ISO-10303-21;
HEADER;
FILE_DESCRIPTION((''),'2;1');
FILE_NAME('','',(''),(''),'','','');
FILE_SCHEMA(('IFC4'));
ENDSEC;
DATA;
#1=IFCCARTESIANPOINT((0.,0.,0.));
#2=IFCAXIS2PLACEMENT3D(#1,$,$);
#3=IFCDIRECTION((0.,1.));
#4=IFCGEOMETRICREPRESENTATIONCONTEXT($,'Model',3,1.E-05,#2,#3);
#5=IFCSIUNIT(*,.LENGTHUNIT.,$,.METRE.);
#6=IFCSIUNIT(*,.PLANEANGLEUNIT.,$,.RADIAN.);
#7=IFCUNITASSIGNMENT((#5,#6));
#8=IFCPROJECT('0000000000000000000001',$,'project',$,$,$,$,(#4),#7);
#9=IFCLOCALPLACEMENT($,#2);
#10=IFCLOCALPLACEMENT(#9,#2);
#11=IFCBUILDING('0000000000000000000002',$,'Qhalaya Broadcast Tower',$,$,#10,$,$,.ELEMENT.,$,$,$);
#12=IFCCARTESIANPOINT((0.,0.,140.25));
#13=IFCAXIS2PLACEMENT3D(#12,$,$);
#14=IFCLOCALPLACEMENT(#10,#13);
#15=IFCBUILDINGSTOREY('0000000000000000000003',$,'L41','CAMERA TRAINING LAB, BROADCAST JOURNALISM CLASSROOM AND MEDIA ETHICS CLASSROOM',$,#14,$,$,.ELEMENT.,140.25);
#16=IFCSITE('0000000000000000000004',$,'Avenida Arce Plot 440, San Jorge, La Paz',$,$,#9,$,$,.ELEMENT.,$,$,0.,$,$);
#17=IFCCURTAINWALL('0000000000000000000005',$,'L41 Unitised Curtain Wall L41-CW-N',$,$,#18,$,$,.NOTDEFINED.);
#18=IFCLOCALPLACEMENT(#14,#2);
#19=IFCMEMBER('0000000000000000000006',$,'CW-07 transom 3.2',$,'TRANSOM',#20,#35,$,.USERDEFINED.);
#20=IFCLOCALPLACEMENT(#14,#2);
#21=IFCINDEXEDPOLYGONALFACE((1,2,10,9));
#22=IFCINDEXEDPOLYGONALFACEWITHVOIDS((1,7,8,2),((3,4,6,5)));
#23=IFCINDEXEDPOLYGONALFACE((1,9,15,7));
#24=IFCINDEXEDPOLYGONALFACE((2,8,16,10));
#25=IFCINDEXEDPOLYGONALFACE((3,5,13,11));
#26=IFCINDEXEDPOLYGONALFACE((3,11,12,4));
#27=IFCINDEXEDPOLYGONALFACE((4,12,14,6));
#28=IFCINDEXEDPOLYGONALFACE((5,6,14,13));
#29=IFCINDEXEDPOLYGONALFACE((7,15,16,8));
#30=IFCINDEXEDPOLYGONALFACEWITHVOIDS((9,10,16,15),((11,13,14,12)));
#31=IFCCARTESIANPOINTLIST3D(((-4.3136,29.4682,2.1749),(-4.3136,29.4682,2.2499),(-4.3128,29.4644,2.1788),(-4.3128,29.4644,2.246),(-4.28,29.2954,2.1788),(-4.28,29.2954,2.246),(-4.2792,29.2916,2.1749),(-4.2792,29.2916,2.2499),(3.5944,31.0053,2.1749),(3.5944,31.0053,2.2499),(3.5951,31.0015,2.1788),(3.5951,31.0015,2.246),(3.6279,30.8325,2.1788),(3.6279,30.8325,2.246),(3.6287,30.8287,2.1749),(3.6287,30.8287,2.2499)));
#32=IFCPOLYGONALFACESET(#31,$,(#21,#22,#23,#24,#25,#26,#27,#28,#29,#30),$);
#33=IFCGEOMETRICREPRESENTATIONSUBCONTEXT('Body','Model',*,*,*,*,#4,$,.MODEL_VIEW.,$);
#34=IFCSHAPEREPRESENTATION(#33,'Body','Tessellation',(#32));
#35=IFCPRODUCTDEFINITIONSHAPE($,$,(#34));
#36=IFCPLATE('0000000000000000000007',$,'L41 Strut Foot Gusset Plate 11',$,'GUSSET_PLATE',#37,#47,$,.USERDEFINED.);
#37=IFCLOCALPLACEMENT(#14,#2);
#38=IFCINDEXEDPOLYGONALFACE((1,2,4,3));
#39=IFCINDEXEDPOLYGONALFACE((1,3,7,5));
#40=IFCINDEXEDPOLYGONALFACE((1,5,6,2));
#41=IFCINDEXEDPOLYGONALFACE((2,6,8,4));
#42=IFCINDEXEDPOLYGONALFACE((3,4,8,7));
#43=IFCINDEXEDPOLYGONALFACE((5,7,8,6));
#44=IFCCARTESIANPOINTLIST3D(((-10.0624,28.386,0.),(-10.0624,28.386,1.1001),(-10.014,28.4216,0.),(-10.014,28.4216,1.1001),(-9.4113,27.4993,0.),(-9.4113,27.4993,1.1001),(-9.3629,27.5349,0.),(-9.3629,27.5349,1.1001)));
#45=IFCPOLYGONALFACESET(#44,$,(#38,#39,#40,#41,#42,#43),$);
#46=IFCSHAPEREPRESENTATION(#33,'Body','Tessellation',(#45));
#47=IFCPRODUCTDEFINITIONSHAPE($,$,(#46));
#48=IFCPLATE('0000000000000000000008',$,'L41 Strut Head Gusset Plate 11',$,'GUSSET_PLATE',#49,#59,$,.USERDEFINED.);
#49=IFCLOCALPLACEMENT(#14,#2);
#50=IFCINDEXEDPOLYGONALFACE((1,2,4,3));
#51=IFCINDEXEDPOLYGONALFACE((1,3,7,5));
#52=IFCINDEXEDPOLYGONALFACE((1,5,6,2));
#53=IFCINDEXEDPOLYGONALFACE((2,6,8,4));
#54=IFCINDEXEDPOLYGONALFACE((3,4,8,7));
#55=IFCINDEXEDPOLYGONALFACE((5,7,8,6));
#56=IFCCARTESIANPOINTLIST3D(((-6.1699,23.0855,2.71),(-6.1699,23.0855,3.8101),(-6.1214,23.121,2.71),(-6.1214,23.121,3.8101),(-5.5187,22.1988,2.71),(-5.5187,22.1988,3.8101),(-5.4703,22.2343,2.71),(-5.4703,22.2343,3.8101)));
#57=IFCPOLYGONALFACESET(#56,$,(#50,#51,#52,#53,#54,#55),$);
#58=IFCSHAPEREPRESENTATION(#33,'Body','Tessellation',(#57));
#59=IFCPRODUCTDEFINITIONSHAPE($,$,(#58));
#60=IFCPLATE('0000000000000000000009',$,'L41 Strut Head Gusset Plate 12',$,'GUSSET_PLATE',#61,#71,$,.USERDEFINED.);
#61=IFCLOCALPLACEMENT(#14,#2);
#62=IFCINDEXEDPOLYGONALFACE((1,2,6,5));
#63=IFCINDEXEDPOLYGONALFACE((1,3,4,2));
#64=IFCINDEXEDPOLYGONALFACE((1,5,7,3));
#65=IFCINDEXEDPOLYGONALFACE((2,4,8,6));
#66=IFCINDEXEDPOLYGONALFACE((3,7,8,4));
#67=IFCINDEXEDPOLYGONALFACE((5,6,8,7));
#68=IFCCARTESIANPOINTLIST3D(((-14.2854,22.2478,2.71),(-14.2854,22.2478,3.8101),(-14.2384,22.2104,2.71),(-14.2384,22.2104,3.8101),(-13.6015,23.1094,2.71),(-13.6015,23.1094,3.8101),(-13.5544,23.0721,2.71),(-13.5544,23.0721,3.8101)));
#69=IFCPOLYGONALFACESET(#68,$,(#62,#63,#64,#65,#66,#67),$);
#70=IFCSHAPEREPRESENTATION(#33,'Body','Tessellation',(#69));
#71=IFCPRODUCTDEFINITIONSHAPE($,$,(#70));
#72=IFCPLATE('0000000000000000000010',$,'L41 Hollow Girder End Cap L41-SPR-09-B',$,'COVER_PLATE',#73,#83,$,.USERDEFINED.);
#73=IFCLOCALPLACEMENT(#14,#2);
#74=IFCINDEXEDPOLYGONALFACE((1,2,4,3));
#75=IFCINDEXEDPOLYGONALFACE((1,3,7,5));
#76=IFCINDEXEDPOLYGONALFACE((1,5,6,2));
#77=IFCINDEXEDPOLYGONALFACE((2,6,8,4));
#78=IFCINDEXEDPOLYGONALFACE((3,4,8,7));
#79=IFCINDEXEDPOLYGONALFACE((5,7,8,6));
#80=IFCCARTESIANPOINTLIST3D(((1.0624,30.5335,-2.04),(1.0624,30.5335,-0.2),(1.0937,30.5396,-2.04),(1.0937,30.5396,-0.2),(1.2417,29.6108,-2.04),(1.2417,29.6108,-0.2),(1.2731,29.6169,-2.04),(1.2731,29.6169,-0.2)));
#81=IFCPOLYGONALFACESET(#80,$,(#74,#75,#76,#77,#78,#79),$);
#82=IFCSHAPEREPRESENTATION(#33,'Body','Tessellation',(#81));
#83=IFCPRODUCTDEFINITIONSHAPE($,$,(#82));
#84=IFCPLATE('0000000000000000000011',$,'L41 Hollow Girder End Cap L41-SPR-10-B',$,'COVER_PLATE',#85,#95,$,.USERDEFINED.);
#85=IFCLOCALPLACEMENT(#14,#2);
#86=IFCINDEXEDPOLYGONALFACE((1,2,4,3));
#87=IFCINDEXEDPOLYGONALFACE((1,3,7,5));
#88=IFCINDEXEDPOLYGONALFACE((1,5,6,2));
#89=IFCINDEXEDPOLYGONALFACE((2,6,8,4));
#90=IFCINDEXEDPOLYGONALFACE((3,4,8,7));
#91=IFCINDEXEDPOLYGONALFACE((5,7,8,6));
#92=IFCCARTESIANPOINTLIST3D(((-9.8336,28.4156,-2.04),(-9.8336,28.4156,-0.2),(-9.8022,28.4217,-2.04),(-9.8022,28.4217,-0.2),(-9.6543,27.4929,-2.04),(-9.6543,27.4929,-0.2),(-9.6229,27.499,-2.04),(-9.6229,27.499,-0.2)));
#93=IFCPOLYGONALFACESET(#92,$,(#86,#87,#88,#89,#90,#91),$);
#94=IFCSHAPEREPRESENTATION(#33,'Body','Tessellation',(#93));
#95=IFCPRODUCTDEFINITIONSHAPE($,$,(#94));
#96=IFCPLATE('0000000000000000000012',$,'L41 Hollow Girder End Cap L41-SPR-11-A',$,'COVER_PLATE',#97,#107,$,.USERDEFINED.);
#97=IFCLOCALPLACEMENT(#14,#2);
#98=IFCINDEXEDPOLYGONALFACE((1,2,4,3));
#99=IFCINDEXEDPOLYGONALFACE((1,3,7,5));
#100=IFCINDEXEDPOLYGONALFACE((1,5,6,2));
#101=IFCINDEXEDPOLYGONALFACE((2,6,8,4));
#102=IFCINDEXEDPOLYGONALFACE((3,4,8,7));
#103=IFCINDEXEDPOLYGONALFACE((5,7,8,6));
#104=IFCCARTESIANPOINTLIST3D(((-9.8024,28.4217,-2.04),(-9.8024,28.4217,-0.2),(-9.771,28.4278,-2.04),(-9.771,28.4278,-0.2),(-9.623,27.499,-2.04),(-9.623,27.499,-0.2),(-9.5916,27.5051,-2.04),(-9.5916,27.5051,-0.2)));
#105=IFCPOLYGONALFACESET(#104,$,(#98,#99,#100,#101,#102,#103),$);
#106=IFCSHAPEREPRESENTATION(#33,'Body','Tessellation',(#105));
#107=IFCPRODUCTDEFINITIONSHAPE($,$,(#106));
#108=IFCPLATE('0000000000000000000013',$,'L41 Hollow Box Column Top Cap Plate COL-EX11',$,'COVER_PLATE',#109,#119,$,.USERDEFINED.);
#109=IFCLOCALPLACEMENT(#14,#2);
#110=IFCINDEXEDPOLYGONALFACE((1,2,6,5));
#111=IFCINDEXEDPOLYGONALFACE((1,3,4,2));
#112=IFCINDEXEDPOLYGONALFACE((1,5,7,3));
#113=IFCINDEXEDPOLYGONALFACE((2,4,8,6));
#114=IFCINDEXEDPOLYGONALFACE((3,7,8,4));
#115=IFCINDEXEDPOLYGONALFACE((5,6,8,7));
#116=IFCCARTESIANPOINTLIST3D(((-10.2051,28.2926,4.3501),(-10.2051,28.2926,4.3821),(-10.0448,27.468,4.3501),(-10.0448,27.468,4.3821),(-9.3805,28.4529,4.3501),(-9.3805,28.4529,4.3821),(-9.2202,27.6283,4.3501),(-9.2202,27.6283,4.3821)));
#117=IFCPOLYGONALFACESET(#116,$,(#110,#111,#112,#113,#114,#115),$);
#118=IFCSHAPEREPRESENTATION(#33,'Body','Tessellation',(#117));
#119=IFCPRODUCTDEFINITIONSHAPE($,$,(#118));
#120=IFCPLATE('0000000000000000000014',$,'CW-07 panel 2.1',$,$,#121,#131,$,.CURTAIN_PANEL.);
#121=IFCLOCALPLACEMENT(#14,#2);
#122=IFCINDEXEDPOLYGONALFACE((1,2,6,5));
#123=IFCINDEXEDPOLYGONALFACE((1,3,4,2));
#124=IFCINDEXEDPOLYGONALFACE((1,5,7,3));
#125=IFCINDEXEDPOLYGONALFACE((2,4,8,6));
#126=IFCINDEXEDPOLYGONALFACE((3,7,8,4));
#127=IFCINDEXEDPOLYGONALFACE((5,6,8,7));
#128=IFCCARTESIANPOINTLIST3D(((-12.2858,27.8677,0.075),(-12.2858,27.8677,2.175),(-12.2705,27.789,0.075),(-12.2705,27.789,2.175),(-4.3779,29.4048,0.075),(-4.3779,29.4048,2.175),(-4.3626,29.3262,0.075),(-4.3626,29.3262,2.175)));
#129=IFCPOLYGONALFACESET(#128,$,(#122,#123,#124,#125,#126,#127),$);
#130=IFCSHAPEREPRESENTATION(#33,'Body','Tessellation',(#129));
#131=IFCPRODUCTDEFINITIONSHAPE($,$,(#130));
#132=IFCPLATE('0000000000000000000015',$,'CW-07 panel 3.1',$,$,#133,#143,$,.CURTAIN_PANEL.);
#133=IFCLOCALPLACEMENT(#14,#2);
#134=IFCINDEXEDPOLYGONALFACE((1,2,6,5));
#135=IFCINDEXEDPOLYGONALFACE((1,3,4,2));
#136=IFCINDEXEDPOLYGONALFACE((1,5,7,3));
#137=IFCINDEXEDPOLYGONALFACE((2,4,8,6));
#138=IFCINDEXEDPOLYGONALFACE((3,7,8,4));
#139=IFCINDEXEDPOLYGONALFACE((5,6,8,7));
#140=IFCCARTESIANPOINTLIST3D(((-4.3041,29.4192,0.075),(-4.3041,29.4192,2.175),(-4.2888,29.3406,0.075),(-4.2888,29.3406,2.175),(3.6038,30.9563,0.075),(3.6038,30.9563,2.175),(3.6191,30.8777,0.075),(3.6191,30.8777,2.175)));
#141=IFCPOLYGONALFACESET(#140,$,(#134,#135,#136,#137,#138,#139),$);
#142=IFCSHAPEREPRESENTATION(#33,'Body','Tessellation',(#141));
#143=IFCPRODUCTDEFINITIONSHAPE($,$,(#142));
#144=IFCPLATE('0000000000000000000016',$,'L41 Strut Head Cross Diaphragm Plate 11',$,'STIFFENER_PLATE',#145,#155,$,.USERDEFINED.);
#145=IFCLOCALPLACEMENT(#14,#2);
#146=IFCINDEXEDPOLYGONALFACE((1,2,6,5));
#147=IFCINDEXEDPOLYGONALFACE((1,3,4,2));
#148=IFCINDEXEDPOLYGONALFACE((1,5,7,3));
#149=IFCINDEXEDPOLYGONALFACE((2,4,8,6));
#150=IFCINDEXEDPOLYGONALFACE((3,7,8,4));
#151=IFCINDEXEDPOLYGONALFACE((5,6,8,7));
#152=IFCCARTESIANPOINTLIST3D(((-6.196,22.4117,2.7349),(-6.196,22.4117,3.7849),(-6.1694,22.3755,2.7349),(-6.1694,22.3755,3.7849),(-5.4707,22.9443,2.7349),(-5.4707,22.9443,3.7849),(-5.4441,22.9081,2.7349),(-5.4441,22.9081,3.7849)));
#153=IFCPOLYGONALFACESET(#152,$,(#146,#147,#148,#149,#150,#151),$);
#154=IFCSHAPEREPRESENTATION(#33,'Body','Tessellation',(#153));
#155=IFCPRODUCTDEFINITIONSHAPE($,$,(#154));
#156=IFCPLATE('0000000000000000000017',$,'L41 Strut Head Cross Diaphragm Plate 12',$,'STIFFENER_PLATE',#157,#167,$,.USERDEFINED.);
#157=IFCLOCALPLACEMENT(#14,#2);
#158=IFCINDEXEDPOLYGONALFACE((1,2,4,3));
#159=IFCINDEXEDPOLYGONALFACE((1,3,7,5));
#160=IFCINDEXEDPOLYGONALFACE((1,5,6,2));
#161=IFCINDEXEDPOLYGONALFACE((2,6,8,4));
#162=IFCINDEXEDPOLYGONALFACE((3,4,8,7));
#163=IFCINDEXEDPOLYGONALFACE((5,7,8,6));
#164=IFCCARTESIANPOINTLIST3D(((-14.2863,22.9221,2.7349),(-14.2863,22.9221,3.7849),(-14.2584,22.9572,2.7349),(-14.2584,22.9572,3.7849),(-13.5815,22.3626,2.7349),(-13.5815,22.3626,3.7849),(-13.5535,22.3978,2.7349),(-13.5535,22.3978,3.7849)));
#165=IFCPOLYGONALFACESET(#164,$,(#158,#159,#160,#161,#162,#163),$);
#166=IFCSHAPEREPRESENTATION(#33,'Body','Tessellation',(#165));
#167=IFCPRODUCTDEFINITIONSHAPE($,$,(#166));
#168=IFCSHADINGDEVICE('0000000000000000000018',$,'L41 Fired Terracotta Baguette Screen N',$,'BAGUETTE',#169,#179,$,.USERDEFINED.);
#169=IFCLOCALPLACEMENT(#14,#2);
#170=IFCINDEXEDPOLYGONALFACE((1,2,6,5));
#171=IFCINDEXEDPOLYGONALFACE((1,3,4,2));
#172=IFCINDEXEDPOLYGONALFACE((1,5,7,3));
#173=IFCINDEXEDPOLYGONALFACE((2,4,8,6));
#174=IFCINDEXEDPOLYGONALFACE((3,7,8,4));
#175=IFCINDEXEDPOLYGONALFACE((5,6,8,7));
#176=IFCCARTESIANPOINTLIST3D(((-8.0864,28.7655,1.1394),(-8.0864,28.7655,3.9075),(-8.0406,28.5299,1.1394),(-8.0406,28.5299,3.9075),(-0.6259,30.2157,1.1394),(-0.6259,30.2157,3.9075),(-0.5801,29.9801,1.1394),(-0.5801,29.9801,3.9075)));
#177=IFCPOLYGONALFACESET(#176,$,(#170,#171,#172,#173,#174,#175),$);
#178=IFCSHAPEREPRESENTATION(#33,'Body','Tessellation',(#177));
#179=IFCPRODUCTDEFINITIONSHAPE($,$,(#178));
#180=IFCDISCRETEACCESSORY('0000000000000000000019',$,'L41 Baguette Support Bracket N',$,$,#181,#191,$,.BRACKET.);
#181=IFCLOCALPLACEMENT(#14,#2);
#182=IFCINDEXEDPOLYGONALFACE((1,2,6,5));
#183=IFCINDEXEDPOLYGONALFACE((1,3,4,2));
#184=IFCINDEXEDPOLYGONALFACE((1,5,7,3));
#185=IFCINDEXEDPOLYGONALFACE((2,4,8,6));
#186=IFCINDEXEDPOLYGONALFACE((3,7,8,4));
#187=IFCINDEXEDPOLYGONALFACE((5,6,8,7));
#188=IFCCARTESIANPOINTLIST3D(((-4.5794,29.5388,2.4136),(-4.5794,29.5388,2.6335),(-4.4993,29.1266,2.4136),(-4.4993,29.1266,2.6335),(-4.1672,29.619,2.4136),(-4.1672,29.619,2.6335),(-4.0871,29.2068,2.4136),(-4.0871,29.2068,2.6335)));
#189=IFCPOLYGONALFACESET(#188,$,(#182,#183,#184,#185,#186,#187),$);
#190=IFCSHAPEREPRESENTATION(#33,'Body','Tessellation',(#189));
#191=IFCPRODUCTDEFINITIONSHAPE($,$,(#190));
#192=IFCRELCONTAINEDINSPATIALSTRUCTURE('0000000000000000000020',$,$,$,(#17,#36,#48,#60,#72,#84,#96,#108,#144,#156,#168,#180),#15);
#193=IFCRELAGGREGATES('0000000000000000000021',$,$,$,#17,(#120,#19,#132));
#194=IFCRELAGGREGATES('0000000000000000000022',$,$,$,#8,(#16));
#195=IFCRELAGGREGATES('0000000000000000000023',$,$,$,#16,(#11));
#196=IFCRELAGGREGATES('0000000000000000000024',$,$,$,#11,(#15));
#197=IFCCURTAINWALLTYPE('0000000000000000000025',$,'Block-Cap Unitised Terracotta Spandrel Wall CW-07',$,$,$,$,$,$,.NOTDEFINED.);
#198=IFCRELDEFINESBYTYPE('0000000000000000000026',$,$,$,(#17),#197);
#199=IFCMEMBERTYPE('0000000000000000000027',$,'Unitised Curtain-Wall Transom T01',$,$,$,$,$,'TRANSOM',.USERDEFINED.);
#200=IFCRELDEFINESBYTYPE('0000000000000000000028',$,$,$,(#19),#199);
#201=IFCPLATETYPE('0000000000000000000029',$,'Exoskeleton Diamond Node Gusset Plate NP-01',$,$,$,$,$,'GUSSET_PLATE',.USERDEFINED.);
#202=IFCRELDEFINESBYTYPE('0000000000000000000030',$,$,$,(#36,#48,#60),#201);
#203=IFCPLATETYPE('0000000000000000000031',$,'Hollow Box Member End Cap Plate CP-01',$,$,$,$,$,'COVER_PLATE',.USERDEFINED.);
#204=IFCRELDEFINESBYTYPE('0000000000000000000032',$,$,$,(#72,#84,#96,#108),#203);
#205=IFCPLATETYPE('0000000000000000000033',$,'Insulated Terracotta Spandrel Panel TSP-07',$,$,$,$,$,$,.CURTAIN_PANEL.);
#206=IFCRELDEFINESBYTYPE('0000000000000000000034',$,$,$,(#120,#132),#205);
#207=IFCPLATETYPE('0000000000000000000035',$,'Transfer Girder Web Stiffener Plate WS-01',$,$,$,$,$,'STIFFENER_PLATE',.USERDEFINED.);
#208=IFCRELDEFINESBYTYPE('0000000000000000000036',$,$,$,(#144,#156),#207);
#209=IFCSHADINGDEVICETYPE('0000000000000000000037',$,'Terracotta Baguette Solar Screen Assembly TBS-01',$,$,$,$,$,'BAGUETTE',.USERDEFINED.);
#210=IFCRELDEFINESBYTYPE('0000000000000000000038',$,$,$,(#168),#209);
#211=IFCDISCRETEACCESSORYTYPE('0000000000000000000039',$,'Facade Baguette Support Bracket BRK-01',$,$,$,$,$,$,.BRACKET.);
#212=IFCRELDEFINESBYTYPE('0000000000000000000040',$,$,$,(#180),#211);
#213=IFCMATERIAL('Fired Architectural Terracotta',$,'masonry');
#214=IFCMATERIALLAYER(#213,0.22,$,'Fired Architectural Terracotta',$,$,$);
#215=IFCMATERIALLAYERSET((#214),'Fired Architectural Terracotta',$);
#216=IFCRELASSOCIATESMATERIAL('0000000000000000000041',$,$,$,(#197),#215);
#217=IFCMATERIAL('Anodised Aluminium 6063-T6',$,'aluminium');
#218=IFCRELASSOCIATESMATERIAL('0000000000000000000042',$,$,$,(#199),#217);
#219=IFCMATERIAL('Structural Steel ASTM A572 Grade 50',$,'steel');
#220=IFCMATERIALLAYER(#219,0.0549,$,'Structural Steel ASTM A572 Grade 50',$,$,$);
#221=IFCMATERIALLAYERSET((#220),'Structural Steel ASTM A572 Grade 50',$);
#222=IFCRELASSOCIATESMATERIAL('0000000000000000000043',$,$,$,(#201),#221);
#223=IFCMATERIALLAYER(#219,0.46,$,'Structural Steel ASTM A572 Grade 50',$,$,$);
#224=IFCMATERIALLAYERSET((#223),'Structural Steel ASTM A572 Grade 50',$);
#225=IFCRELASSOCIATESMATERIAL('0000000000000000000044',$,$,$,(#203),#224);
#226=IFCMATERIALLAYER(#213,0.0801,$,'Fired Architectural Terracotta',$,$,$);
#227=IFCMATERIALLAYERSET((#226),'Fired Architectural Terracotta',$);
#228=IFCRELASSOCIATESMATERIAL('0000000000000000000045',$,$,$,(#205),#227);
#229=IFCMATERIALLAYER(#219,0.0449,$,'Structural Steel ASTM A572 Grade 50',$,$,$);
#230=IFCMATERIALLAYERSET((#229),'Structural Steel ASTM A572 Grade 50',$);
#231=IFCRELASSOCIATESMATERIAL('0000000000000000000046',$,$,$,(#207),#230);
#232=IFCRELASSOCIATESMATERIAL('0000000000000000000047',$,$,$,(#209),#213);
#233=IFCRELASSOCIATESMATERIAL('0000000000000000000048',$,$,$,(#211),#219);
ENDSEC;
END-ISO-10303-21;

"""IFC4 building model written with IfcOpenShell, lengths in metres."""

from ifc_helpers import new_model, si_unit, direction, frame, origin, origin_2d, place, context, subcontext, project, spatial, rectangle, hollow_rectangle, extrude, material, layer, layer_set, material_profile, profile_set, type_object, element, aggregate, save


model = new_model("IFC4")

# Units and contexts
model_context = context("Model", 3, precision=1e-05, world=origin(), true_north=direction((0.0, 1.0)))
body_context = subcontext(model_context, "Body", "Model", "MODEL_VIEW")
ifc_project = project(units=[si_unit("LENGTHUNIT", "METRE"), si_unit("PLANEANGLEUNIT", "RADIAN")], contexts=[model_context])

# Site, building, storey
site_placement = place(None, origin())
site = spatial("IfcSite", under=ifc_project, at=site_placement, Name="Avenida Arce Plot 440, San Jorge, La Paz", CompositionType="ELEMENT", RefElevation=0.0)
building_placement = place(site_placement, origin())
building = spatial("IfcBuilding", under=site, at=building_placement, Name="Qhalaya Broadcast Tower", CompositionType="ELEMENT")
storey_placement = place(building_placement, frame((0.0, 0.0, 140.25)))
storey = spatial("IfcBuildingStorey", under=building, at=storey_placement, Name="L41", Description="CAMERA TRAINING LAB, BROADCAST JOURNALISM CLASSROOM AND MEDIA ETHICS CLASSROOM", CompositionType="ELEMENT", Elevation=140.25)

# Shared definitions
ifc_material_1 = material(Name="Structural Steel ASTM A572 Grade 50", Category="steel")

# Curtain wall, member
ifc_material_2 = material(Name="Fired Architectural Terracotta", Category="masonry")
ifc_layer_1 = layer(ifc_material_2, 0.22, Name="Fired Architectural Terracotta")
ifc_layer_set_1 = layer_set([ifc_layer_1], Name="Fired Architectural Terracotta")
curtain_wall_type = type_object("IfcCurtainWallType", Name="Block-Cap Unitised Terracotta Spandrel Wall CW-07", PredefinedType="NOTDEFINED", material=ifc_layer_set_1)
curtain_wall_placement = place(storey_placement, origin())
curtain_wall = element("IfcCurtainWall", 1, at=curtain_wall_placement, inside=storey, type_object=curtain_wall_type, Name="L41 Unitised Curtain Wall L41-CW-N", PredefinedType="NOTDEFINED")
ifc_material_3 = material(Name="Anodised Aluminium 6063-T6", Category="aluminium")
ifc_material_profile_1 = material_profile(ifc_material_3, hollow_rectangle(XDim=0.075, YDim=0.1799, WallThickness=0.0039, at=origin_2d()), Name="ALU-TRN 75x180x4")
ifc_profile_set_1 = profile_set([ifc_material_profile_1], Name="Anodised Aluminium 6063-T6")
member_type_1 = type_object("IfcMemberType", Name="Unitised Curtain-Wall Transom T01", ElementType="TRANSOM", PredefinedType="USERDEFINED", material=ifc_profile_set_1)
member_1_placement = place(storey_placement, frame((-4.2964, 29.3799, 2.2124), z_axis=(0.981628, 0.190804, 0.0), x_axis=(0.0, 0.0, 1.0)))
member_1 = element("IfcMember", 2, at=member_1_placement, type_object=member_type_1, Name="CW-07 transom 3.2", ObjectType="TRANSOM", PredefinedType="USERDEFINED", context=body_context, shape_type="SweptSolid", body=[
    extrude(hollow_rectangle(XDim=0.075, YDim=0.1799, WallThickness=0.0039, at=origin_2d()), origin(), (0.0, 0.0, 1.0), 8.0559),
])

# Plates
ifc_layer_2 = layer(ifc_material_1, 0.0549, Name="Structural Steel ASTM A572 Grade 50")
ifc_layer_set_2 = layer_set([ifc_layer_2], Name="Structural Steel ASTM A572 Grade 50")
plate_type_1 = type_object("IfcPlateType", Name="Exoskeleton Diamond Node Gusset Plate NP-01", ElementType="GUSSET_PLATE", PredefinedType="USERDEFINED", material=ifc_layer_set_2)
for number, where, z_axis, x_axis, name in (
    (3, (-9.7126, 27.9604, 0.0), (0.0, 0.0, 1.0), (0.591915, -0.806001, 0.0), "L41 Strut Foot Gusset Plate 11"),
    (4, (-5.8201, 22.6599, 2.71), (0.0, 0.0, 1.0), (0.591915, -0.806001, 0.0), "L41 Strut Head Gusset Plate 11"),
    (5, (-13.9199, 22.6599, 2.71), (0.0, 0.0, 1.0), (-0.621722, -0.783238, 0.0), "L41 Strut Head Gusset Plate 12"),
):
    element("IfcPlate", number, at=place(storey_placement, frame(where, z_axis=z_axis, x_axis=x_axis)), inside=storey, type_object=plate_type_1, Name=name, ObjectType="GUSSET_PLATE", PredefinedType="USERDEFINED", context=body_context, shape_type="SweptSolid", body=[
        extrude(rectangle(XDim=1.1001, YDim=0.0601, at=origin_2d()), origin(), (0.0, 0.0, 1.0), 1.1001),
    ])
ifc_layer_3 = layer(ifc_material_1, 0.46, Name="Structural Steel ASTM A572 Grade 50")
ifc_layer_set_3 = layer_set([ifc_layer_3], Name="Structural Steel ASTM A572 Grade 50")
plate_type_2 = type_object("IfcPlateType", Name="Hollow Box Member End Cap Plate CP-01", ElementType="COVER_PLATE", PredefinedType="USERDEFINED", material=ifc_layer_set_3)
for number, where, z_axis, x_axis, name in (
    (6, (1.1677, 30.0752, -2.04), (0.0, 0.0, 1.0), (0.190809, -0.981627, 0.0), "L41 Hollow Girder End Cap L41-SPR-09-B"),
    (7, (-9.7283, 27.9573, -2.04), (0.0, 0.0, 1.0), (0.190809, -0.981627, 0.0), "L41 Hollow Girder End Cap L41-SPR-10-B"),
    (8, (-9.697, 27.9634, -2.04), (0.0, 0.0, 1.0), (0.190809, -0.981627, 0.0), "L41 Hollow Girder End Cap L41-SPR-11-A"),
):
    element("IfcPlate", number, at=place(storey_placement, frame(where, z_axis=z_axis, x_axis=x_axis)), inside=storey, type_object=plate_type_2, Name=name, ObjectType="COVER_PLATE", PredefinedType="USERDEFINED", context=body_context, shape_type="SweptSolid", body=[
        extrude(rectangle(XDim=0.9399, YDim=0.032, at=origin_2d()), origin(), (0.0, 0.0, 1.0), 1.8401),
    ])
plate_1_placement = place(storey_placement, frame((-9.7126, 27.9604, 4.3501), z_axis=(0.0, 0.0, 1.0), x_axis=(0.981627, 0.190809, 0.0)))
element("IfcPlate", 9, at=plate_1_placement, inside=storey, type_object=plate_type_2, Name="L41 Hollow Box Column Top Cap Plate COL-EX11", ObjectType="COVER_PLATE", PredefinedType="USERDEFINED", context=body_context, shape_type="SweptSolid", body=[
    extrude(rectangle(XDim=0.8401, YDim=0.8401, at=origin_2d()), origin(), (0.0, 0.0, 1.0), 0.032),
])

# Plates
ifc_layer_4 = layer(ifc_material_2, 0.0801, Name="Fired Architectural Terracotta")
ifc_layer_set_4 = layer_set([ifc_layer_4], Name="Fired Architectural Terracotta")
plate_type_3 = type_object("IfcPlateType", Name="Insulated Terracotta Spandrel Panel TSP-07", PredefinedType="CURTAIN_PANEL", material=ifc_layer_set_4)
plate_2_placement = place(storey_placement, frame((-8.3242, 28.5969, 0.075), z_axis=(0.0, 0.0, 1.0), x_axis=(0.981627, 0.19081, 0.0)))
plate_2 = element("IfcPlate", 10, at=plate_2_placement, type_object=plate_type_3, Name="CW-07 panel 2.1", PredefinedType="CURTAIN_PANEL", context=body_context, shape_type="SweptSolid", body=[
    extrude(rectangle(XDim=8.0559, YDim=0.0801, at=origin_2d()), origin(), (0.0, 0.0, 1.0), 2.1001),
])
plate_3_placement = place(storey_placement, frame((-0.3425, 30.1484, 0.075), z_axis=(0.0, 0.0, 1.0), x_axis=(0.981627, 0.19081, 0.0)))
plate_3 = element("IfcPlate", 11, at=plate_3_placement, type_object=plate_type_3, Name="CW-07 panel 3.1", PredefinedType="CURTAIN_PANEL", context=body_context, shape_type="SweptSolid", body=[
    extrude(rectangle(XDim=8.0559, YDim=0.0801, at=origin_2d()), origin(), (0.0, 0.0, 1.0), 2.1001),
])
aggregate(curtain_wall, [plate_2, member_1, plate_3])

# Plates
ifc_layer_5 = layer(ifc_material_1, 0.0449, Name="Structural Steel ASTM A572 Grade 50")
ifc_layer_set_5 = layer_set([ifc_layer_5], Name="Structural Steel ASTM A572 Grade 50")
plate_type_4 = type_object("IfcPlateType", Name="Transfer Girder Web Stiffener Plate WS-01", ElementType="STIFFENER_PLATE", PredefinedType="USERDEFINED", material=ifc_layer_set_5)
for number, where, z_axis, x_axis, name in (
    (12, (-5.8201, 22.6599, 2.7349), (0.0, 0.0, 1.0), (0.806001, 0.591915, 0.0), "L41 Strut Head Cross Diaphragm Plate 11"),
    (13, (-13.9199, 22.6599, 2.7349), (0.0, 0.0, 1.0), (0.783238, -0.621722, 0.0), "L41 Strut Head Cross Diaphragm Plate 12"),
):
    element("IfcPlate", number, at=place(storey_placement, frame(where, z_axis=z_axis, x_axis=x_axis)), inside=storey, type_object=plate_type_4, Name=name, ObjectType="STIFFENER_PLATE", PredefinedType="USERDEFINED", context=body_context, shape_type="SweptSolid", body=[
        extrude(rectangle(XDim=0.8999, YDim=0.0449, at=origin_2d()), origin(), (0.0, 0.0, 1.0), 1.05),
    ])

# Shading device
shading_device_type = type_object("IfcShadingDeviceType", Name="Terracotta Baguette Solar Screen Assembly TBS-01", ElementType="BAGUETTE", PredefinedType="USERDEFINED", material=ifc_material_2)
shading_device_placement = place(storey_placement, frame((-4.3333, 29.3728, 1.1394), z_axis=(0.0, 0.0, 1.0), x_axis=(-0.981627, -0.190809, 0.0)))
element("IfcShadingDevice", 14, at=shading_device_placement, inside=storey, type_object=shading_device_type, Name="L41 Fired Terracotta Baguette Screen N", ObjectType="BAGUETTE", PredefinedType="USERDEFINED", context=body_context, shape_type="SweptSolid", body=[
    extrude(rectangle(XDim=7.6001, YDim=0.24, at=origin_2d()), origin(), (0.0, 0.0, 1.0), 2.7681),
])

# Discrete accessory
discrete_accessory_type = type_object("IfcDiscreteAccessoryType", Name="Facade Baguette Support Bracket BRK-01", PredefinedType="BRACKET", material=ifc_material_1)
discrete_accessory_placement = place(storey_placement, frame((-4.3333, 29.3728, 2.4136), z_axis=(0.0, 0.0, 1.0), x_axis=(-0.981627, -0.190809, 0.0)))
element("IfcDiscreteAccessory", 15, at=discrete_accessory_placement, inside=storey, type_object=discrete_accessory_type, Name="L41 Baguette Support Bracket N", PredefinedType="BRACKET", context=body_context, shape_type="SweptSolid", body=[
    extrude(rectangle(XDim=0.4199, YDim=0.4199, at=origin_2d()), origin(), (0.0, 0.0, 1.0), 0.22),
])

save(model, "model.ifc")
